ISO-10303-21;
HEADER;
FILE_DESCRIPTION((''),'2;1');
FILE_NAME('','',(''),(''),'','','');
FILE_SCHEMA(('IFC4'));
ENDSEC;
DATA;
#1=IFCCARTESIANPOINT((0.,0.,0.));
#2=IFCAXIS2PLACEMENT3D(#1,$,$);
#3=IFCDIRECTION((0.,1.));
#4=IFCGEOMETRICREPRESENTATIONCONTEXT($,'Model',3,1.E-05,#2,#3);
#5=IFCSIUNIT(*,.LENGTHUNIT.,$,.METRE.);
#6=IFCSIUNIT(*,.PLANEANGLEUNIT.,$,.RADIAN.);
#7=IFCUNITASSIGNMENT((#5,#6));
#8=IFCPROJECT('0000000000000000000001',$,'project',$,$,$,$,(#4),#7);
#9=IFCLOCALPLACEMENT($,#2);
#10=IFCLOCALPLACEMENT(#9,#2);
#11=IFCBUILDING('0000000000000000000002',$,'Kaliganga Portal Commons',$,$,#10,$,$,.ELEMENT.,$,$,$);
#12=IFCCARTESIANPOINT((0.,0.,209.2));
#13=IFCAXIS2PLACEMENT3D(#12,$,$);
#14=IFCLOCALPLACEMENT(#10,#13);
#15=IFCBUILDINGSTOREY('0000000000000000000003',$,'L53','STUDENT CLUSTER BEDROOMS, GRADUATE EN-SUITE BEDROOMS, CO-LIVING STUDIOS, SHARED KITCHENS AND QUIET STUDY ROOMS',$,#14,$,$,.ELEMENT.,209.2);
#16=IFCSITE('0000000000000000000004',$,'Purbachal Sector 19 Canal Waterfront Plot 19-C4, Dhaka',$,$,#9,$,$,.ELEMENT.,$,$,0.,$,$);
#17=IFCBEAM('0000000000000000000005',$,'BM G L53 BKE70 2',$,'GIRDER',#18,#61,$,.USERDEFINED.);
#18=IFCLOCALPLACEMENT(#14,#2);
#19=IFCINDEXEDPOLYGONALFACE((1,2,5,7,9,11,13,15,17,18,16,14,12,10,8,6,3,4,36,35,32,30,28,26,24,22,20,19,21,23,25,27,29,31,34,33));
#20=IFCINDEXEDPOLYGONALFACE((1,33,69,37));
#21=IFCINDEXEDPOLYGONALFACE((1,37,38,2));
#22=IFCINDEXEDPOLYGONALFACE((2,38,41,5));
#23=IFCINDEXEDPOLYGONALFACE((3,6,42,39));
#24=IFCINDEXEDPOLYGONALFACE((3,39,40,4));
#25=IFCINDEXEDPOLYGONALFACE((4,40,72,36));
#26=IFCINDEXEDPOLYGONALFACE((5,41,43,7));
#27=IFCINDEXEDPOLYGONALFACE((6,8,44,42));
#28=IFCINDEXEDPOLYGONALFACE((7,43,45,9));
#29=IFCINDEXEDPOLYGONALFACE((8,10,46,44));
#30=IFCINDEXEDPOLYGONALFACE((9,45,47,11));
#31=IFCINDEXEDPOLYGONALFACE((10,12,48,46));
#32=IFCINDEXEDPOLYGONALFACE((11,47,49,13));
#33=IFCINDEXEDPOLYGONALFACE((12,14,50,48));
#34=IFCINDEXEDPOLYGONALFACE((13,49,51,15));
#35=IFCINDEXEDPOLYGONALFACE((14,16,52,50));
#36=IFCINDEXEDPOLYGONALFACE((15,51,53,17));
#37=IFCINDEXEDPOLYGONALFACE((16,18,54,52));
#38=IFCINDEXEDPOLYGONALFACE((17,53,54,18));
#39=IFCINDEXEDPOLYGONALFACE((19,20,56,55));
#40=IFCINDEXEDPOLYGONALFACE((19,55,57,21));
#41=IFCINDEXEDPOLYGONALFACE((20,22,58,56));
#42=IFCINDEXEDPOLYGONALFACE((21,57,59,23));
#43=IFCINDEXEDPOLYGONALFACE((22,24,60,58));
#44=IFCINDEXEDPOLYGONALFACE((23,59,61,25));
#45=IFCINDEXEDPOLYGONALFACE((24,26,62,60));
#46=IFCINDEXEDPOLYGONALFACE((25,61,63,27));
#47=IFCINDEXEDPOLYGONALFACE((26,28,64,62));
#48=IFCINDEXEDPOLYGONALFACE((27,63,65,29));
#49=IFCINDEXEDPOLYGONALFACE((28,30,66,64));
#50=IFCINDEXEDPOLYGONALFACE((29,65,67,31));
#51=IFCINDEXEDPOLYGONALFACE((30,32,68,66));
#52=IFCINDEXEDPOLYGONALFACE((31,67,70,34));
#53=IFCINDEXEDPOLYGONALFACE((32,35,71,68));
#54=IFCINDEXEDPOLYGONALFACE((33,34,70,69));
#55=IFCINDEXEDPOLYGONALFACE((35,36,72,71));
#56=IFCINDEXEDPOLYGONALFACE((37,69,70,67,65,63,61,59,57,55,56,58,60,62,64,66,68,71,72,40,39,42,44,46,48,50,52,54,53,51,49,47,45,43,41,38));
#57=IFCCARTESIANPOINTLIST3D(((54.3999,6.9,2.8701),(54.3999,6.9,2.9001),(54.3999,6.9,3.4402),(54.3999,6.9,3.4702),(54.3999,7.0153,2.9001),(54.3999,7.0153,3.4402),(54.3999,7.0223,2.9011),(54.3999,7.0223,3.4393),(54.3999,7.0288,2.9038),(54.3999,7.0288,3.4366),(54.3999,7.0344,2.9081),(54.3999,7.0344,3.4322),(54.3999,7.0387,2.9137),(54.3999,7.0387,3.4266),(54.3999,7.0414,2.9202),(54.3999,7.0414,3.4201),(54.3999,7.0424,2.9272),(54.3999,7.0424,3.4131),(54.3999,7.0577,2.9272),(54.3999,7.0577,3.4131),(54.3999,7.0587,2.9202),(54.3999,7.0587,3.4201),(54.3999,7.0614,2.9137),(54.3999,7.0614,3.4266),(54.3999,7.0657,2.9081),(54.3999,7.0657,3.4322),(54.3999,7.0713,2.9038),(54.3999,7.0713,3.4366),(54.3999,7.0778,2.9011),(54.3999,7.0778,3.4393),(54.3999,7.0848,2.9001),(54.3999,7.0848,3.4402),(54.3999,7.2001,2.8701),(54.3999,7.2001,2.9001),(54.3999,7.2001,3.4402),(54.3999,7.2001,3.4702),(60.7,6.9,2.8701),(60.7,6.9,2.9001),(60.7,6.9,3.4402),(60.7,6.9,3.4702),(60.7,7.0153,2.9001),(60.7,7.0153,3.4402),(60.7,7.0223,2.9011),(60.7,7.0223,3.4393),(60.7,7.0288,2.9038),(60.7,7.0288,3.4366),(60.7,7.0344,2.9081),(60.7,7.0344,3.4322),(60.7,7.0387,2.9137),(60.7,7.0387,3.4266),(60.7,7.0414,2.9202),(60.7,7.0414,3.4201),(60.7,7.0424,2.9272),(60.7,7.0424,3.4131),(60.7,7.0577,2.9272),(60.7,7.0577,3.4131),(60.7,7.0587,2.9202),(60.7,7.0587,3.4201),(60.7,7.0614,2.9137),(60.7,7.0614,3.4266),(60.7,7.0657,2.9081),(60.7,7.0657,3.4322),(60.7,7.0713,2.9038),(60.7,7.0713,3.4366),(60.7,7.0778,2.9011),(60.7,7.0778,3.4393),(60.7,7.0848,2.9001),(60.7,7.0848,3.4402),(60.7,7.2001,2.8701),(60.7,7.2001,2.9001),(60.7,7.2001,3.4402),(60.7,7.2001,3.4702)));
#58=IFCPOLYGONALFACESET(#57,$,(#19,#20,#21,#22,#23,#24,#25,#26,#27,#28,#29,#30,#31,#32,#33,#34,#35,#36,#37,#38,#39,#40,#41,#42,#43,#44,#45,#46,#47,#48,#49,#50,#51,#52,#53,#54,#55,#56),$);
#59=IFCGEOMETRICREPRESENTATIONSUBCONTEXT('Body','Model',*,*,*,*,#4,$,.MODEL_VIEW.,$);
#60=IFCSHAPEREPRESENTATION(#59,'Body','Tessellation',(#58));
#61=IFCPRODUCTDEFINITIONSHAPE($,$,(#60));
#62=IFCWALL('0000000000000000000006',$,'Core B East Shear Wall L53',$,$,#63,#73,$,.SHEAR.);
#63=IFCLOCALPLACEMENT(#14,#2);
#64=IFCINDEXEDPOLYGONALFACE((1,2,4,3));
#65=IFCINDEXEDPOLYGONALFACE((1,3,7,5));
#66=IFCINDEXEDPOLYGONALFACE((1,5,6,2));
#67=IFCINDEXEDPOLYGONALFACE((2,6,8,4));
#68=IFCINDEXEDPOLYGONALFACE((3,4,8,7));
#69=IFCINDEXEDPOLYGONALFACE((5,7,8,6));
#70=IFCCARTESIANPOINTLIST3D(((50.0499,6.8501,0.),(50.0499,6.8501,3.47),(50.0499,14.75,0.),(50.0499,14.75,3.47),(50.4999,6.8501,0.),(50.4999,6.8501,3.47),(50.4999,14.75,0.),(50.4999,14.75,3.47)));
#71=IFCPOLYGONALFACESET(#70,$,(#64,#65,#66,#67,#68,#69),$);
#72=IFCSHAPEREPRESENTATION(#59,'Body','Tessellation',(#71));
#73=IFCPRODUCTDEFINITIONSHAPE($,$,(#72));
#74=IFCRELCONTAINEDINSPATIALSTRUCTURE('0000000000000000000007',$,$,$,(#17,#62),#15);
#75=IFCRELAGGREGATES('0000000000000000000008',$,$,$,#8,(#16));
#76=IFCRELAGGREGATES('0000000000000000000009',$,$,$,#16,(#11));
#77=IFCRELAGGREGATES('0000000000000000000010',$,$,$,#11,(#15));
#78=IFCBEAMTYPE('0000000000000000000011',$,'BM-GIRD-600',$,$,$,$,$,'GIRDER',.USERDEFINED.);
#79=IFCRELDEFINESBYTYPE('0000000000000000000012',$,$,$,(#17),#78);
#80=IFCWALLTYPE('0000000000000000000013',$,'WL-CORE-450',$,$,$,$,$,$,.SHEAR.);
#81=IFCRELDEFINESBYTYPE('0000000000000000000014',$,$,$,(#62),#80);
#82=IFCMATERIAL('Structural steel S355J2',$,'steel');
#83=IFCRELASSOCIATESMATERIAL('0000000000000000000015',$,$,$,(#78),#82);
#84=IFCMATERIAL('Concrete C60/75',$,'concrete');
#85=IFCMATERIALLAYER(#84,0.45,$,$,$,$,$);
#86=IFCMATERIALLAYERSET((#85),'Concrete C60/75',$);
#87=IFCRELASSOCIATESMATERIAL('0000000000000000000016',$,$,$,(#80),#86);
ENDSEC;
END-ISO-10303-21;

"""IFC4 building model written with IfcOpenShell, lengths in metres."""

from ifc_helpers import new_model, si_unit, direction, frame, frame_2d, origin, origin_2d, place, context, subcontext, project, spatial, rectangle, i_section, extrude, source, transform, mapped, material, layer, layer_set, material_profile, profile_set, type_object, element, save


model = new_model("IFC4")

# Units and contexts
model_context = context("Model", 3, precision=1e-05, world=origin(), true_north=direction((0.0, 1.0)))
body_context = subcontext(model_context, "Body", "Model", "MODEL_VIEW")
ifc_project = project(units=[si_unit("LENGTHUNIT", "METRE"), si_unit("PLANEANGLEUNIT", "RADIAN")], contexts=[model_context])

# Site, building, storey
site_placement = place(None, origin())
site = spatial("IfcSite", under=ifc_project, at=site_placement, Name="Purbachal Sector 19 Canal Waterfront Plot 19-C4, Dhaka", CompositionType="ELEMENT", RefElevation=0.0)
building_placement = place(site_placement, origin())
building = spatial("IfcBuilding", under=site, at=building_placement, Name="Kaliganga Portal Commons", CompositionType="ELEMENT")
storey_placement = place(building_placement, frame((0.0, 0.0, 209.2)))
storey = spatial("IfcBuildingStorey", under=building, at=storey_placement, Name="L53", Description="STUDENT CLUSTER BEDROOMS, GRADUATE EN-SUITE BEDROOMS, CO-LIVING STUDIOS, SHARED KITCHENS AND QUIET STUDY ROOMS", CompositionType="ELEMENT", Elevation=209.2)

# Shared definitions
ifc_material_1 = material(Name="Structural steel S355J2", Category="steel")

# Beam
ifc_material_profile_1 = material_profile(ifc_material_1, i_section(OverallWidth=0.3, OverallDepth=0.6001, WebThickness=0.0154, FlangeThickness=0.03, FilletRadius=0.0271, at=origin_2d()), Name="HE 600 B")
ifc_profile_set_1 = profile_set([ifc_material_profile_1], Name="Structural steel S355J2 wide-flange")
beam_type_1 = type_object("IfcBeamType", Name="BM-GIRD-600", ElementType="GIRDER", PredefinedType="USERDEFINED", material=ifc_profile_set_1)
shared_shape_1 = source(origin(), body_context, "Body", "SweptSolid", [
    extrude(i_section(OverallWidth=0.3, OverallDepth=0.6001, WebThickness=0.0154, FlangeThickness=0.03, FilletRadius=0.0271, at=origin_2d()), origin(), (0.0, 0.0, 1.0), 6.3),
])
beam_1_placement = place(storey_placement, frame((54.3999, 7.05, 3.1702), z_axis=(1.0, 0.0, 0.0), x_axis=(0.0, 1.0, 0.0)))
element("IfcBeam", 1, at=beam_1_placement, inside=storey, type_object=beam_type_1, Name="BM G L53 BKE70 2", ObjectType="GIRDER", PredefinedType="USERDEFINED", context=body_context, shape_type="MappedRepresentation", body=[
    mapped(shared_shape_1, transform((0.0, 0.0, 0.0), x_axis=(1.0, 0.0, 0.0), y_axis=(0.0, 1.0, 0.0), z_axis=(0.0, 0.0, 1.0), scale=1.0)),
])

# Wall
ifc_material_2 = material(Name="Concrete C60/75", Category="concrete")
ifc_layer_1 = layer(ifc_material_2, 0.45)
ifc_layer_set_1 = layer_set([ifc_layer_1], Name="Concrete C60/75")
wall_type_1 = type_object("IfcWallType", Name="WL-CORE-450", PredefinedType="SHEAR", material=ifc_layer_set_1)
wall_1_placement = place(storey_placement, frame((50.2749, 6.8501, 0.0), z_axis=(0.0, 0.0, 1.0), x_axis=(0.0, 1.0, 0.0)))
element("IfcWall", 2, at=wall_1_placement, inside=storey, type_object=wall_type_1, Name="Core B East Shear Wall L53", PredefinedType="SHEAR", context=body_context, shape_type="SweptSolid", body=[
    extrude(rectangle(XDim=7.8999, YDim=0.45, at=frame_2d((3.95, 0.0))), origin(), (0.0, 0.0, 1.0), 3.47),
])

save(model, "model.ifc")
